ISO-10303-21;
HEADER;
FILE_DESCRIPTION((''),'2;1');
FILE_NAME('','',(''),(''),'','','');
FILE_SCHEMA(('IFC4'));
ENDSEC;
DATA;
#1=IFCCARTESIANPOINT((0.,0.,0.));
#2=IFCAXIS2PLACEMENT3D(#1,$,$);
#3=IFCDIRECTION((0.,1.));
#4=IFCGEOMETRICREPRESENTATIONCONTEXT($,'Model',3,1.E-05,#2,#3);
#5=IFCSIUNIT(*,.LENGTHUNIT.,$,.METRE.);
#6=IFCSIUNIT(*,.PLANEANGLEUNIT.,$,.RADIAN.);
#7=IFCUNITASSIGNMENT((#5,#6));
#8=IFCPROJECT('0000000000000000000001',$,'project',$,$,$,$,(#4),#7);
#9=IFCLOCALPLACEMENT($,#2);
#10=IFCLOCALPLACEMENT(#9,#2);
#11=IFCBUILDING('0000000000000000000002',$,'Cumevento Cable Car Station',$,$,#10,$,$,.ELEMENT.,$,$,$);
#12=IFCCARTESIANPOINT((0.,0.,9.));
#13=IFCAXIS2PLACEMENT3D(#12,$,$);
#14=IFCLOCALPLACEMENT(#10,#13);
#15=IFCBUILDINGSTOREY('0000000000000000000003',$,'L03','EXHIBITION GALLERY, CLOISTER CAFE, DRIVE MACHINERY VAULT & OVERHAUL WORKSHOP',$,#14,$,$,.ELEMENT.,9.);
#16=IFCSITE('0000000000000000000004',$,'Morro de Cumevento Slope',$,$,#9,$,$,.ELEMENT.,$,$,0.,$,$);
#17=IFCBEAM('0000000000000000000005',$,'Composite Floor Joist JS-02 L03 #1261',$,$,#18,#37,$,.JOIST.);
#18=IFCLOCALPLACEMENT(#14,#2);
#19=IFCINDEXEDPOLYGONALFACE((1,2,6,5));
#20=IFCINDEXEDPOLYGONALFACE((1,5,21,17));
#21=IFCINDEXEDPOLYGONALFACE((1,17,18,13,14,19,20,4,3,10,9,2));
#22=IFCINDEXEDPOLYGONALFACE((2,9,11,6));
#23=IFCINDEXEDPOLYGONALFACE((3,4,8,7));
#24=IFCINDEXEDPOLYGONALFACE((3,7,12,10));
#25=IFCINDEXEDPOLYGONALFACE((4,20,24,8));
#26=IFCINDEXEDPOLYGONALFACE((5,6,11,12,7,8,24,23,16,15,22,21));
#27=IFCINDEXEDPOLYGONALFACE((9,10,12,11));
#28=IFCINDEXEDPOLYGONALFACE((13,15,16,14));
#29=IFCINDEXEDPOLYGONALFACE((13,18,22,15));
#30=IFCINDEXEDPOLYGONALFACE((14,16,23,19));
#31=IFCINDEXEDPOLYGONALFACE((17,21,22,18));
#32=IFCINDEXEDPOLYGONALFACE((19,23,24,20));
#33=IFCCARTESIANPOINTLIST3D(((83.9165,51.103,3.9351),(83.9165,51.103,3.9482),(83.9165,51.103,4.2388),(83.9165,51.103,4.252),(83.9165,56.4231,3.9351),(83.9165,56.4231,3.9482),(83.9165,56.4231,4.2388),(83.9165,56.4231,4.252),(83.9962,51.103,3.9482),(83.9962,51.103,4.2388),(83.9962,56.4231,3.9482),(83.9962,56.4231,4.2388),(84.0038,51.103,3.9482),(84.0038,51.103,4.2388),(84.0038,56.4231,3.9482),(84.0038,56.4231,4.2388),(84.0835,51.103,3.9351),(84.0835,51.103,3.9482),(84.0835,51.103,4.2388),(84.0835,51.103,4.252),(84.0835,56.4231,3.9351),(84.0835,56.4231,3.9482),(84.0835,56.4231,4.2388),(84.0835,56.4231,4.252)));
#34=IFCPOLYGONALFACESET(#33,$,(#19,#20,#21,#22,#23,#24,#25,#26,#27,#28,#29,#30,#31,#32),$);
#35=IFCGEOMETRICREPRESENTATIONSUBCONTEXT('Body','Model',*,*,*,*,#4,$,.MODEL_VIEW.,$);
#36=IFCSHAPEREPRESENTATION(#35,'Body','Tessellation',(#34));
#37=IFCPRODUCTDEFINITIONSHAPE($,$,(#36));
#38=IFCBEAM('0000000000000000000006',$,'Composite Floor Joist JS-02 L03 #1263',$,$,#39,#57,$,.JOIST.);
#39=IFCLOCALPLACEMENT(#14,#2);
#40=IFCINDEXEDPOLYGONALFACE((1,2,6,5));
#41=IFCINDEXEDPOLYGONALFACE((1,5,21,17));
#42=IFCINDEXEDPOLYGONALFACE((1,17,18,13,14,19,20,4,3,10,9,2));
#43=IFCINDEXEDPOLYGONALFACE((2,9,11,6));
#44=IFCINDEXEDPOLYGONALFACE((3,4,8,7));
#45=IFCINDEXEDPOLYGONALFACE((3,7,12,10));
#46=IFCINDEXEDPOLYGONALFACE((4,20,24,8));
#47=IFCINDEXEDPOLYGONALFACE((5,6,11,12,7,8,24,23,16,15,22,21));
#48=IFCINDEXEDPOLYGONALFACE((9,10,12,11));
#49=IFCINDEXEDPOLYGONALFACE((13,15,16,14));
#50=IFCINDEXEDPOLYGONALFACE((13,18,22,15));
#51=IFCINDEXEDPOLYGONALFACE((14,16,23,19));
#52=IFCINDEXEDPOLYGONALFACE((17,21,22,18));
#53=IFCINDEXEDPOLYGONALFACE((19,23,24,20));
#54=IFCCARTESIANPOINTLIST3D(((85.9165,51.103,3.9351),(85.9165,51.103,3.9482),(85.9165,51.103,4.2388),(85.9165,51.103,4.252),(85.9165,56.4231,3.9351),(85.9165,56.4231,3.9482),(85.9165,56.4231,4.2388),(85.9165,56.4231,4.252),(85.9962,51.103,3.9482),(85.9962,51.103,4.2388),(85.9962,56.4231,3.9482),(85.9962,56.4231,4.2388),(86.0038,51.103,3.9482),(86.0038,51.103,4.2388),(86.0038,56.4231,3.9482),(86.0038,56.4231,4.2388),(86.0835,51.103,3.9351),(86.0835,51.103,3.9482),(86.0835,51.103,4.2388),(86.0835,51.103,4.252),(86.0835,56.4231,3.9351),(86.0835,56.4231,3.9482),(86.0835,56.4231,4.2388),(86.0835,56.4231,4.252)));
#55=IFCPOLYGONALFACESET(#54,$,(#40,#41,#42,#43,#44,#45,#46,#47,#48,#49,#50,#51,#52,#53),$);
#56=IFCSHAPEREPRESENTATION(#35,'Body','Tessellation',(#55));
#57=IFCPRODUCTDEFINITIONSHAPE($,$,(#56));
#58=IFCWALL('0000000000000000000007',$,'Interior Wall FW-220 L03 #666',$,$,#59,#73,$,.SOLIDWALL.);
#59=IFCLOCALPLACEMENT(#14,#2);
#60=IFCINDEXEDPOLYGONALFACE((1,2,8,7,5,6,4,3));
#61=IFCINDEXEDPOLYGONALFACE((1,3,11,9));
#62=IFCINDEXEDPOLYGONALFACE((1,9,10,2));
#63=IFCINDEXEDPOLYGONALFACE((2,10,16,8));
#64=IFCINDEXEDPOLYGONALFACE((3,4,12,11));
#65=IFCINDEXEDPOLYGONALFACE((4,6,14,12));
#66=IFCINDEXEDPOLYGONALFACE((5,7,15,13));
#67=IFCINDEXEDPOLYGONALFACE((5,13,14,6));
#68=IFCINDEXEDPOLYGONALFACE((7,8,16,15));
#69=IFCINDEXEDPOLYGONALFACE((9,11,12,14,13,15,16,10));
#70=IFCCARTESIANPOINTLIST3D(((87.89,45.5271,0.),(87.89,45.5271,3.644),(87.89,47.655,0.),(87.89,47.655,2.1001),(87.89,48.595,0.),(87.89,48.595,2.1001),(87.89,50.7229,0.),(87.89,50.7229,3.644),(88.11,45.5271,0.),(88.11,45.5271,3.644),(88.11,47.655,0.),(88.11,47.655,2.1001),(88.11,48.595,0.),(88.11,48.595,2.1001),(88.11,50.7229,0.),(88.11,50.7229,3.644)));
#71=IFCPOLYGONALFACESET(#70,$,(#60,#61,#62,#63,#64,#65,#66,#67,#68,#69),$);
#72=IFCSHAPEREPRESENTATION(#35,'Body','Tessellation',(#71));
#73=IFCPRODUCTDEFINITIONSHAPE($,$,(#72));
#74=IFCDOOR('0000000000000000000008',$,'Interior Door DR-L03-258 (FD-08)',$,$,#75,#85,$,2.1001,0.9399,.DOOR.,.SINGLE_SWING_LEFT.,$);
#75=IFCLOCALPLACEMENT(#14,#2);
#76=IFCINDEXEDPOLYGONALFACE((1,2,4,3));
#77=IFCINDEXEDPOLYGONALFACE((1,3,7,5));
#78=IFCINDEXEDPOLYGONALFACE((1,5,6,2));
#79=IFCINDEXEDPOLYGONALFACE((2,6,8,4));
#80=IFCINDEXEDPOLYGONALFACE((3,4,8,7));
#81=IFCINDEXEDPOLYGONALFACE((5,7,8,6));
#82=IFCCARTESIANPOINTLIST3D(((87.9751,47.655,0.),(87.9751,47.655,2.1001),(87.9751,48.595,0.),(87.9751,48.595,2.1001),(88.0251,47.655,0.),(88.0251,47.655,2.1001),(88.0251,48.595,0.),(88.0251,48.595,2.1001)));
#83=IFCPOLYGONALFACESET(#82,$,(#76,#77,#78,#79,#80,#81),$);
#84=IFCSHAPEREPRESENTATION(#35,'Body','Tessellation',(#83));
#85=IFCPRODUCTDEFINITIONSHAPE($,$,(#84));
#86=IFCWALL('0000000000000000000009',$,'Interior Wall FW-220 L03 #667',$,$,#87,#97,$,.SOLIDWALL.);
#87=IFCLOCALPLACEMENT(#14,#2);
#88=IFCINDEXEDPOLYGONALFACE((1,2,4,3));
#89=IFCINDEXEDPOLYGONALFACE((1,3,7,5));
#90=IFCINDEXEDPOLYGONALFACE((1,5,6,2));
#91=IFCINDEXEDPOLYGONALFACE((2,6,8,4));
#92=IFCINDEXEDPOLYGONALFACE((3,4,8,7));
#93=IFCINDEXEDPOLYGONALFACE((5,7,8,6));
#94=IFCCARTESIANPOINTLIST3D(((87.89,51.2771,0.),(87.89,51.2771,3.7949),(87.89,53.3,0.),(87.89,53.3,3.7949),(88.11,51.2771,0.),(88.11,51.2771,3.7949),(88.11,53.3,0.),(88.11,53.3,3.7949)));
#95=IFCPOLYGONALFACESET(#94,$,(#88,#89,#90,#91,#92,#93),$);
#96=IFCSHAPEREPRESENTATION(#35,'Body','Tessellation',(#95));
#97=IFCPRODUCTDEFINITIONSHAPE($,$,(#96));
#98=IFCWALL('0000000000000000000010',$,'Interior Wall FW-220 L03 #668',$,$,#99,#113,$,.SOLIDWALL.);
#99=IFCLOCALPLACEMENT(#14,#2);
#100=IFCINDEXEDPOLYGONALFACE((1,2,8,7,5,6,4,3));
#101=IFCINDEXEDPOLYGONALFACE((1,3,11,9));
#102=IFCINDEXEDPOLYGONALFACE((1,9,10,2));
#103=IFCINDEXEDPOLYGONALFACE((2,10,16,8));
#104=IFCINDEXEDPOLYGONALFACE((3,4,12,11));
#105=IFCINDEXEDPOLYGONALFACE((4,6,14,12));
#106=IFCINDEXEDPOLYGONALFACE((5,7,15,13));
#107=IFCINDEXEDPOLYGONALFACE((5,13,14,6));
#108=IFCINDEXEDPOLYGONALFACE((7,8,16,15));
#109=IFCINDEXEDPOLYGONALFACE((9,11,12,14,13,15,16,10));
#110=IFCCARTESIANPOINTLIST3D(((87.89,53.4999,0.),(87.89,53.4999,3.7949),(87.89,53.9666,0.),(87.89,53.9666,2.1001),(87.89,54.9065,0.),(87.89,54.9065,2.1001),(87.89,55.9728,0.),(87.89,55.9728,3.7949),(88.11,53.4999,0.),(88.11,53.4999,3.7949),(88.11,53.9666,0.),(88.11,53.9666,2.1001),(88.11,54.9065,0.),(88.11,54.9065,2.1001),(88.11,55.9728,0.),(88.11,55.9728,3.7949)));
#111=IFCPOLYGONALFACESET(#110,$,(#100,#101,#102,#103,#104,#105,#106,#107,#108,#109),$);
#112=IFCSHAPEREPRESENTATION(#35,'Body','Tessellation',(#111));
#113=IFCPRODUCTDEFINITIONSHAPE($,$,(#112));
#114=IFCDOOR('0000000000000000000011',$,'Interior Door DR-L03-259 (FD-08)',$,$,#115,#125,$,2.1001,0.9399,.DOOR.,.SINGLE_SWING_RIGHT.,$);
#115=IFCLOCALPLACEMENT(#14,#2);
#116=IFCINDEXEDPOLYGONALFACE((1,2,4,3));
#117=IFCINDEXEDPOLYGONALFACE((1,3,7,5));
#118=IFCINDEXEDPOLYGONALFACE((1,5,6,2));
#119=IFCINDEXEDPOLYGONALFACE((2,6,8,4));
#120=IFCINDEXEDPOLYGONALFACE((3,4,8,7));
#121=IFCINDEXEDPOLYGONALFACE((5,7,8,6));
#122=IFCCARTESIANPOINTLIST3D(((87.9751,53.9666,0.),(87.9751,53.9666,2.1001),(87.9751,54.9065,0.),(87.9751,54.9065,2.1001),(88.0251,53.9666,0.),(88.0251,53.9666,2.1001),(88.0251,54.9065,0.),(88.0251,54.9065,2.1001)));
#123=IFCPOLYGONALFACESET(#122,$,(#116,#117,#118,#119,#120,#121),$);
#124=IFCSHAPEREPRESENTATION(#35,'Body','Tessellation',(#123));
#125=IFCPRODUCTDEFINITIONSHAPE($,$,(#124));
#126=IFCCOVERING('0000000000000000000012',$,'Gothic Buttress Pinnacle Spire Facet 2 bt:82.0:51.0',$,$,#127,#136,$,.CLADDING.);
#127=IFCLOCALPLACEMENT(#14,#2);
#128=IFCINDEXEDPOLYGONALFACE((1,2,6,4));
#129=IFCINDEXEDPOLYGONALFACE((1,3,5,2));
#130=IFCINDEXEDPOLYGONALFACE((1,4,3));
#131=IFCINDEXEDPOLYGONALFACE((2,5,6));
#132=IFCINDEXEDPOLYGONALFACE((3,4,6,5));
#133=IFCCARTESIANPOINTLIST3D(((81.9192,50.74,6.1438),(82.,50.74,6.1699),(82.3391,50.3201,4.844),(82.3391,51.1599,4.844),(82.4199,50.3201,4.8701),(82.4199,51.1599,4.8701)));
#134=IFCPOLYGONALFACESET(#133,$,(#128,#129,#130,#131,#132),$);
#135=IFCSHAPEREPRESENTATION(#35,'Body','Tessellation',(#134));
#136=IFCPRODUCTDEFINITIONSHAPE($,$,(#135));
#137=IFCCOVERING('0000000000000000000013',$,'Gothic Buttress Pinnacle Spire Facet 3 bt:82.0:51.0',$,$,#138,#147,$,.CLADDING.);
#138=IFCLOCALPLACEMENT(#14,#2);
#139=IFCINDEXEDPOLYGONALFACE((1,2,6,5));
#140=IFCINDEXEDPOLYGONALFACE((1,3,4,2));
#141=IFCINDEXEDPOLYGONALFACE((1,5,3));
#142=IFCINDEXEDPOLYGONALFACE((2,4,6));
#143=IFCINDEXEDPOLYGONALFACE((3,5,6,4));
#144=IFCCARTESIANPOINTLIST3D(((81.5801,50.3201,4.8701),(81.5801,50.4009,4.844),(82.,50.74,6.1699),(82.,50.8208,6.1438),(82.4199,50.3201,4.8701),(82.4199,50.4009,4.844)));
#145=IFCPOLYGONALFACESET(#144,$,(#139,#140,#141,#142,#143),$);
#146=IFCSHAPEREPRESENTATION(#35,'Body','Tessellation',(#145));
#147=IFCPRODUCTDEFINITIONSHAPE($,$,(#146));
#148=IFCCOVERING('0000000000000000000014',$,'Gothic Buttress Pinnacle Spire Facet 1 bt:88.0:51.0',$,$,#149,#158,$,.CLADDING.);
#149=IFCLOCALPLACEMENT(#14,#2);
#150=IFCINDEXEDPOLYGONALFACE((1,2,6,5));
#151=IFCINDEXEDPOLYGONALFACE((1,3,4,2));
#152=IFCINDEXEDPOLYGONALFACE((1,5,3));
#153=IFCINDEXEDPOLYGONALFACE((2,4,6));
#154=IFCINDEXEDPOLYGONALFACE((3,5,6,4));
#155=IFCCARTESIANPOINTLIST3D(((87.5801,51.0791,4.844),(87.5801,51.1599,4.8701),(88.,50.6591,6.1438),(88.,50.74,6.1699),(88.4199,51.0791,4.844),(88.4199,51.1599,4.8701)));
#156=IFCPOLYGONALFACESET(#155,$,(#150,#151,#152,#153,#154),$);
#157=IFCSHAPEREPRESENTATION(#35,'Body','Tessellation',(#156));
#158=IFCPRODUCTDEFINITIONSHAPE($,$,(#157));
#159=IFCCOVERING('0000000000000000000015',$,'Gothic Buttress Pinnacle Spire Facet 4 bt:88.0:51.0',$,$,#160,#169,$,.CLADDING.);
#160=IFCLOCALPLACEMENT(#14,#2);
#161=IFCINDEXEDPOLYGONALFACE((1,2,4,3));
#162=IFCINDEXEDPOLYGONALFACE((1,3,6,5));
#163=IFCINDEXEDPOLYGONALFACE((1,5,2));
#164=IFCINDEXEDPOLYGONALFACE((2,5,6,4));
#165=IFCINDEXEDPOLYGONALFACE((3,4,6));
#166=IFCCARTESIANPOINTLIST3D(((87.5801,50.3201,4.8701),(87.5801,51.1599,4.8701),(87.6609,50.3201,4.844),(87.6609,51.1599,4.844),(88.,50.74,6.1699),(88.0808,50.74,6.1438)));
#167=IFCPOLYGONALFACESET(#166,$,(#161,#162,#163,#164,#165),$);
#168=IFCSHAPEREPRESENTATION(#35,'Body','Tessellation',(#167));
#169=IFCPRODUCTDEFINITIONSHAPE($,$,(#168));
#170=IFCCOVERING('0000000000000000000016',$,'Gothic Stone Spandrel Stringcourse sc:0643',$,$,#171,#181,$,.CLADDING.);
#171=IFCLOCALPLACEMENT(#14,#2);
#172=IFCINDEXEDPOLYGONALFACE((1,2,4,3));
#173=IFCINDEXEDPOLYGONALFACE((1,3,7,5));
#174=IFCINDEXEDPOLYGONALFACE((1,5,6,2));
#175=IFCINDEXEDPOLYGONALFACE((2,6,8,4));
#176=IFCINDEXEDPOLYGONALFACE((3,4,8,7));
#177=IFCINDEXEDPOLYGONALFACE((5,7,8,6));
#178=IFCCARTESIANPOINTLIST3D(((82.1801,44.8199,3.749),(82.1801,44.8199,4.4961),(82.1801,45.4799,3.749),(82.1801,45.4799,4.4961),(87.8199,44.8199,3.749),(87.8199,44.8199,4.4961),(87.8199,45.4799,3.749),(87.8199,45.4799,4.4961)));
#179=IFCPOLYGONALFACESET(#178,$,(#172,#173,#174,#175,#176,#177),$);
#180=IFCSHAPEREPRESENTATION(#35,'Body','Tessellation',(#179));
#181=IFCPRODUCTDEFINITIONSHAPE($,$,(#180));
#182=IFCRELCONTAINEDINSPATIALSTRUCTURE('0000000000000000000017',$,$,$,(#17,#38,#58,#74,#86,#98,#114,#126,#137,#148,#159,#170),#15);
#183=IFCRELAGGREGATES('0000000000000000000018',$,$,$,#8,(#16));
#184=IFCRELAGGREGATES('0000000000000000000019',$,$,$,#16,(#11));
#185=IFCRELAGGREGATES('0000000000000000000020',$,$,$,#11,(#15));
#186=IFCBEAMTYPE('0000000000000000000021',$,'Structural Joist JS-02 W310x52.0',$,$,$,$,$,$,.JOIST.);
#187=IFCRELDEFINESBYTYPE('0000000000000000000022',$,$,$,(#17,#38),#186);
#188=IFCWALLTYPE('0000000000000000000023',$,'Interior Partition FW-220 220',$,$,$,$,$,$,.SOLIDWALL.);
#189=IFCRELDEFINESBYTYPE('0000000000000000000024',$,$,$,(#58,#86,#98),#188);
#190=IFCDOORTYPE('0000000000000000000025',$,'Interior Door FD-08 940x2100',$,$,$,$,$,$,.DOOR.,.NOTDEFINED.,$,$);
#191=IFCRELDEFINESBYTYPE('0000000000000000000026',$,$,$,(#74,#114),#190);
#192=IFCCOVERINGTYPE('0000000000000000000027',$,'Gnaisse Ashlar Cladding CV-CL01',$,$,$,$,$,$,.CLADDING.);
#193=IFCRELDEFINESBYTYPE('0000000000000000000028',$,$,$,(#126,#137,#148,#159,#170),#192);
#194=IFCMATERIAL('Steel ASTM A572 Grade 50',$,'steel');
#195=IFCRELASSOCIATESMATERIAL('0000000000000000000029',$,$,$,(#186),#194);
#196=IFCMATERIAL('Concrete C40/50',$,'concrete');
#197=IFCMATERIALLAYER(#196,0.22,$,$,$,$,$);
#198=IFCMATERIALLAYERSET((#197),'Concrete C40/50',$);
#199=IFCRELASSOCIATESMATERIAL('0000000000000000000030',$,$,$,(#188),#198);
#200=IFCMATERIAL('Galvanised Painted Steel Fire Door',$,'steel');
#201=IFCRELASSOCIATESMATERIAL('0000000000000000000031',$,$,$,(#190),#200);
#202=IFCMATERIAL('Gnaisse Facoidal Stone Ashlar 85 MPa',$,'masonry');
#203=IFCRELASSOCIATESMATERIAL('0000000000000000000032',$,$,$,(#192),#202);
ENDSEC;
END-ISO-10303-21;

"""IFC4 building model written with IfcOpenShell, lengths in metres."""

from ifc_helpers import new_model, si_unit, direction, frame, frame_2d, origin, origin_2d, place, context, subcontext, project, spatial, polyline, rectangle, i_section, outline, extrude, material, layer, layer_set, material_profile, profile_set, type_object, element, fill, save


model = new_model("IFC4")

# Units and contexts
model_context = context("Model", 3, precision=1e-05, world=origin(), true_north=direction((0.0, 1.0)))
body_context = subcontext(model_context, "Body", "Model", "MODEL_VIEW")
ifc_project = project(units=[si_unit("LENGTHUNIT", "METRE"), si_unit("PLANEANGLEUNIT", "RADIAN")], contexts=[model_context])

# Site, building, storey
site_placement = place(None, origin())
site = spatial("IfcSite", under=ifc_project, at=site_placement, Name="Morro de Cumevento Slope", CompositionType="ELEMENT", RefElevation=0.0)
building_placement = place(site_placement, origin())
building = spatial("IfcBuilding", under=site, at=building_placement, Name="Cumevento Cable Car Station", CompositionType="ELEMENT")
storey_placement = place(building_placement, frame((0.0, 0.0, 9.0)))
storey = spatial("IfcBuildingStorey", under=building, at=storey_placement, Name="L03", Description="EXHIBITION GALLERY, CLOISTER CAFE, DRIVE MACHINERY VAULT & OVERHAUL WORKSHOP", CompositionType="ELEMENT", Elevation=9.0)

# Beams
ifc_material_1 = material(Name="Steel ASTM A572 Grade 50", Category="steel")
ifc_material_profile_1 = material_profile(ifc_material_1, i_section(OverallWidth=0.167, OverallDepth=0.3169, WebThickness=0.0076, FlangeThickness=0.0132, at=origin_2d()), Name="W310x52.0")
ifc_profile_set_1 = profile_set([ifc_material_profile_1], Name="Steel ASTM A572 Grade 50")
beam_type_1 = type_object("IfcBeamType", Name="Structural Joist JS-02 W310x52.0", PredefinedType="JOIST", material=ifc_profile_set_1)
for number, where, z_axis, x_axis, name in (
    (1, (84.0, 51.103, 4.0935), (0.0, 1.0, 0.0), (-1.0, 0.0, 0.0), "Composite Floor Joist JS-02 L03 #1261"),
    (2, (86.0, 51.103, 4.0935), (0.0, 1.0, 0.0), (-1.0, 0.0, 0.0), "Composite Floor Joist JS-02 L03 #1263"),
):
    element("IfcBeam", number, at=place(storey_placement, frame(where, z_axis=z_axis, x_axis=x_axis)), inside=storey, type_object=beam_type_1, Name=name, PredefinedType="JOIST", context=body_context, shape_type="SweptSolid", body=[
        extrude(i_section(OverallWidth=0.167, OverallDepth=0.3169, WebThickness=0.0076, FlangeThickness=0.0132, at=origin_2d()), origin(), (0.0, 0.0, 1.0), 5.3201),
    ])

# Wall, opening, door
ifc_material_2 = material(Name="Concrete C40/50", Category="concrete")
ifc_layer = layer(ifc_material_2, 0.22)
ifc_layer_set = layer_set([ifc_layer], Name="Concrete C40/50")
wall_type = type_object("IfcWallType", Name="Interior Partition FW-220 220", PredefinedType="SOLIDWALL", material=ifc_layer_set)
wall_1_placement = place(storey_placement, frame((88.0, 45.5271, 0.0), z_axis=(0.0, 0.0, 1.0), x_axis=(0.0, 1.0, 0.0)))
wall_1 = element("IfcWall", 3, at=wall_1_placement, inside=storey, type_object=wall_type, Name="Interior Wall FW-220 L03 #666", PredefinedType="SOLIDWALL", context=body_context, shape_type="SweptSolid", body=[
    extrude(rectangle(XDim=5.1958, YDim=0.22, at=frame_2d((2.5979, 0.0))), origin(), (0.0, 0.0, 1.0), 3.644),
])
opening_1_placement = place(wall_1_placement, frame((2.1279, 0.0, 0.0)))
opening_1 = element("IfcOpeningElement", 4, at=opening_1_placement, cuts=wall_1, PredefinedType="OPENING", context=body_context, shape_type="SweptSolid", body=[
    extrude(rectangle(XDim=0.9399, YDim=2.1001, at=frame_2d((0.47, 1.05))), frame((0.0, 0.1199, 0.0), z_axis=(0.0, -1.0, 0.0), x_axis=(1.0, 0.0, 0.0)), (0.0, 0.0, 1.0), 0.24),
])
ifc_material_3 = material(Name="Galvanised Painted Steel Fire Door", Category="steel")
door_type = type_object("IfcDoorType", Name="Interior Door FD-08 940x2100", OperationType="NOTDEFINED", PredefinedType="DOOR", material=ifc_material_3)
door_1_placement = place(opening_1_placement, origin())
door_1 = element("IfcDoor", 5, at=door_1_placement, inside=storey, type_object=door_type, Name="Interior Door DR-L03-258 (FD-08)", OperationType="SINGLE_SWING_LEFT", OverallHeight=2.1001, OverallWidth=0.9399, PredefinedType="DOOR", context=body_context, shape_type="SweptSolid", body=[
    extrude(rectangle(XDim=0.9399, YDim=2.1001, at=frame_2d((0.47, 1.05))), frame((0.0, 0.0249, 0.0), z_axis=(0.0, -1.0, 0.0), x_axis=(1.0, 0.0, 0.0)), (0.0, 0.0, 1.0), 0.05),
])
fill(opening_1, door_1)

# Wall
wall_2_placement = place(storey_placement, frame((88.0, 51.2771, 0.0), z_axis=(0.0, 0.0, 1.0), x_axis=(0.0, 1.0, 0.0)))
element("IfcWall", 6, at=wall_2_placement, inside=storey, type_object=wall_type, Name="Interior Wall FW-220 L03 #667", PredefinedType="SOLIDWALL", context=body_context, shape_type="SweptSolid", body=[
    extrude(rectangle(XDim=2.0229, YDim=0.22, at=frame_2d((1.0115, 0.0))), origin(), (0.0, 0.0, 1.0), 3.7949),
])

# Wall, opening, door
wall_3_placement = place(storey_placement, frame((88.0, 53.5, 0.0), z_axis=(0.0, 0.0, 1.0), x_axis=(0.0, 1.0, 0.0)))
wall_3 = element("IfcWall", 7, at=wall_3_placement, inside=storey, type_object=wall_type, Name="Interior Wall FW-220 L03 #668", PredefinedType="SOLIDWALL", context=body_context, shape_type="SweptSolid", body=[
    extrude(rectangle(XDim=2.4729, YDim=0.22, at=frame_2d((1.2363, 0.0))), origin(), (0.0, 0.0, 1.0), 3.7949),
])
opening_2_placement = place(wall_3_placement, frame((0.4666, 0.0, 0.0)))
opening_2 = element("IfcOpeningElement", 8, at=opening_2_placement, cuts=wall_3, PredefinedType="OPENING", context=body_context, shape_type="SweptSolid", body=[
    extrude(rectangle(XDim=0.9399, YDim=2.1001, at=frame_2d((0.47, 1.05))), frame((0.0, 0.1199, 0.0), z_axis=(0.0, -1.0, 0.0), x_axis=(1.0, 0.0, 0.0)), (0.0, 0.0, 1.0), 0.24),
])
door_2_placement = place(opening_2_placement, origin())
door_2 = element("IfcDoor", 9, at=door_2_placement, inside=storey, type_object=door_type, Name="Interior Door DR-L03-259 (FD-08)", OperationType="SINGLE_SWING_RIGHT", OverallHeight=2.1001, OverallWidth=0.9399, PredefinedType="DOOR", context=body_context, shape_type="SweptSolid", body=[
    extrude(rectangle(XDim=0.9399, YDim=2.1001, at=frame_2d((0.47, 1.05))), frame((0.0, 0.0249, 0.0), z_axis=(0.0, -1.0, 0.0), x_axis=(1.0, 0.0, 0.0)), (0.0, 0.0, 1.0), 0.05),
])
fill(opening_2, door_2)

# Coverings
ifc_material_4 = material(Name="Gnaisse Facoidal Stone Ashlar 85 MPa", Category="masonry")
covering_type = type_object("IfcCoveringType", Name="Gnaisse Ashlar Cladding CV-CL01", PredefinedType="CLADDING", material=ifc_material_4)
for number, where, z_axis, x_axis, name in (
    (10, (82.4199, 51.1599, 4.8701), (0.951574, 0.0, 0.307421), (0.0, -1.0, 0.0), "Gothic Buttress Pinnacle Spire Facet 2 bt:82.0:51.0"),
    (11, (82.4199, 50.3201, 4.8701), (0.0, -0.951574, 0.307421), (-1.0, 0.0, 0.0), "Gothic Buttress Pinnacle Spire Facet 3 bt:82.0:51.0"),
    (12, (87.5801, 51.1599, 4.8701), (0.0, 0.951574, 0.307421), (1.0, 0.0, 0.0), "Gothic Buttress Pinnacle Spire Facet 1 bt:88.0:51.0"),
    (13, (87.5801, 50.3201, 4.8701), (-0.951574, 0.0, 0.307421), (0.0, 1.0, 0.0), "Gothic Buttress Pinnacle Spire Facet 4 bt:88.0:51.0"),
):
    element("IfcCovering", number, at=place(storey_placement, frame(where, z_axis=z_axis, x_axis=x_axis)), inside=storey, type_object=covering_type, Name=name, PredefinedType="CLADDING", context=body_context, shape_type="SweptSolid", body=[
        extrude(outline(polyline([(0.0, 0.0), (0.8398, 0.0), (0.4199, -1.366), (0.0, 0.0)])), origin(), (0.0, 0.0, -1.0), 0.085),
    ])
covering_placement = place(storey_placement, frame((85.0, 45.1499, 3.749), z_axis=(0.0, 0.0, 1.0), x_axis=(-1.0, 0.0, 0.0)))
element("IfcCovering", 14, at=covering_placement, inside=storey, type_object=covering_type, Name="Gothic Stone Spandrel Stringcourse sc:0643", PredefinedType="CLADDING", context=body_context, shape_type="SweptSolid", body=[
    extrude(rectangle(XDim=5.6399, YDim=0.6599, at=origin_2d()), origin(), (0.0, 0.0, 1.0), 0.7471),
])

save(model, "model.ifc")
